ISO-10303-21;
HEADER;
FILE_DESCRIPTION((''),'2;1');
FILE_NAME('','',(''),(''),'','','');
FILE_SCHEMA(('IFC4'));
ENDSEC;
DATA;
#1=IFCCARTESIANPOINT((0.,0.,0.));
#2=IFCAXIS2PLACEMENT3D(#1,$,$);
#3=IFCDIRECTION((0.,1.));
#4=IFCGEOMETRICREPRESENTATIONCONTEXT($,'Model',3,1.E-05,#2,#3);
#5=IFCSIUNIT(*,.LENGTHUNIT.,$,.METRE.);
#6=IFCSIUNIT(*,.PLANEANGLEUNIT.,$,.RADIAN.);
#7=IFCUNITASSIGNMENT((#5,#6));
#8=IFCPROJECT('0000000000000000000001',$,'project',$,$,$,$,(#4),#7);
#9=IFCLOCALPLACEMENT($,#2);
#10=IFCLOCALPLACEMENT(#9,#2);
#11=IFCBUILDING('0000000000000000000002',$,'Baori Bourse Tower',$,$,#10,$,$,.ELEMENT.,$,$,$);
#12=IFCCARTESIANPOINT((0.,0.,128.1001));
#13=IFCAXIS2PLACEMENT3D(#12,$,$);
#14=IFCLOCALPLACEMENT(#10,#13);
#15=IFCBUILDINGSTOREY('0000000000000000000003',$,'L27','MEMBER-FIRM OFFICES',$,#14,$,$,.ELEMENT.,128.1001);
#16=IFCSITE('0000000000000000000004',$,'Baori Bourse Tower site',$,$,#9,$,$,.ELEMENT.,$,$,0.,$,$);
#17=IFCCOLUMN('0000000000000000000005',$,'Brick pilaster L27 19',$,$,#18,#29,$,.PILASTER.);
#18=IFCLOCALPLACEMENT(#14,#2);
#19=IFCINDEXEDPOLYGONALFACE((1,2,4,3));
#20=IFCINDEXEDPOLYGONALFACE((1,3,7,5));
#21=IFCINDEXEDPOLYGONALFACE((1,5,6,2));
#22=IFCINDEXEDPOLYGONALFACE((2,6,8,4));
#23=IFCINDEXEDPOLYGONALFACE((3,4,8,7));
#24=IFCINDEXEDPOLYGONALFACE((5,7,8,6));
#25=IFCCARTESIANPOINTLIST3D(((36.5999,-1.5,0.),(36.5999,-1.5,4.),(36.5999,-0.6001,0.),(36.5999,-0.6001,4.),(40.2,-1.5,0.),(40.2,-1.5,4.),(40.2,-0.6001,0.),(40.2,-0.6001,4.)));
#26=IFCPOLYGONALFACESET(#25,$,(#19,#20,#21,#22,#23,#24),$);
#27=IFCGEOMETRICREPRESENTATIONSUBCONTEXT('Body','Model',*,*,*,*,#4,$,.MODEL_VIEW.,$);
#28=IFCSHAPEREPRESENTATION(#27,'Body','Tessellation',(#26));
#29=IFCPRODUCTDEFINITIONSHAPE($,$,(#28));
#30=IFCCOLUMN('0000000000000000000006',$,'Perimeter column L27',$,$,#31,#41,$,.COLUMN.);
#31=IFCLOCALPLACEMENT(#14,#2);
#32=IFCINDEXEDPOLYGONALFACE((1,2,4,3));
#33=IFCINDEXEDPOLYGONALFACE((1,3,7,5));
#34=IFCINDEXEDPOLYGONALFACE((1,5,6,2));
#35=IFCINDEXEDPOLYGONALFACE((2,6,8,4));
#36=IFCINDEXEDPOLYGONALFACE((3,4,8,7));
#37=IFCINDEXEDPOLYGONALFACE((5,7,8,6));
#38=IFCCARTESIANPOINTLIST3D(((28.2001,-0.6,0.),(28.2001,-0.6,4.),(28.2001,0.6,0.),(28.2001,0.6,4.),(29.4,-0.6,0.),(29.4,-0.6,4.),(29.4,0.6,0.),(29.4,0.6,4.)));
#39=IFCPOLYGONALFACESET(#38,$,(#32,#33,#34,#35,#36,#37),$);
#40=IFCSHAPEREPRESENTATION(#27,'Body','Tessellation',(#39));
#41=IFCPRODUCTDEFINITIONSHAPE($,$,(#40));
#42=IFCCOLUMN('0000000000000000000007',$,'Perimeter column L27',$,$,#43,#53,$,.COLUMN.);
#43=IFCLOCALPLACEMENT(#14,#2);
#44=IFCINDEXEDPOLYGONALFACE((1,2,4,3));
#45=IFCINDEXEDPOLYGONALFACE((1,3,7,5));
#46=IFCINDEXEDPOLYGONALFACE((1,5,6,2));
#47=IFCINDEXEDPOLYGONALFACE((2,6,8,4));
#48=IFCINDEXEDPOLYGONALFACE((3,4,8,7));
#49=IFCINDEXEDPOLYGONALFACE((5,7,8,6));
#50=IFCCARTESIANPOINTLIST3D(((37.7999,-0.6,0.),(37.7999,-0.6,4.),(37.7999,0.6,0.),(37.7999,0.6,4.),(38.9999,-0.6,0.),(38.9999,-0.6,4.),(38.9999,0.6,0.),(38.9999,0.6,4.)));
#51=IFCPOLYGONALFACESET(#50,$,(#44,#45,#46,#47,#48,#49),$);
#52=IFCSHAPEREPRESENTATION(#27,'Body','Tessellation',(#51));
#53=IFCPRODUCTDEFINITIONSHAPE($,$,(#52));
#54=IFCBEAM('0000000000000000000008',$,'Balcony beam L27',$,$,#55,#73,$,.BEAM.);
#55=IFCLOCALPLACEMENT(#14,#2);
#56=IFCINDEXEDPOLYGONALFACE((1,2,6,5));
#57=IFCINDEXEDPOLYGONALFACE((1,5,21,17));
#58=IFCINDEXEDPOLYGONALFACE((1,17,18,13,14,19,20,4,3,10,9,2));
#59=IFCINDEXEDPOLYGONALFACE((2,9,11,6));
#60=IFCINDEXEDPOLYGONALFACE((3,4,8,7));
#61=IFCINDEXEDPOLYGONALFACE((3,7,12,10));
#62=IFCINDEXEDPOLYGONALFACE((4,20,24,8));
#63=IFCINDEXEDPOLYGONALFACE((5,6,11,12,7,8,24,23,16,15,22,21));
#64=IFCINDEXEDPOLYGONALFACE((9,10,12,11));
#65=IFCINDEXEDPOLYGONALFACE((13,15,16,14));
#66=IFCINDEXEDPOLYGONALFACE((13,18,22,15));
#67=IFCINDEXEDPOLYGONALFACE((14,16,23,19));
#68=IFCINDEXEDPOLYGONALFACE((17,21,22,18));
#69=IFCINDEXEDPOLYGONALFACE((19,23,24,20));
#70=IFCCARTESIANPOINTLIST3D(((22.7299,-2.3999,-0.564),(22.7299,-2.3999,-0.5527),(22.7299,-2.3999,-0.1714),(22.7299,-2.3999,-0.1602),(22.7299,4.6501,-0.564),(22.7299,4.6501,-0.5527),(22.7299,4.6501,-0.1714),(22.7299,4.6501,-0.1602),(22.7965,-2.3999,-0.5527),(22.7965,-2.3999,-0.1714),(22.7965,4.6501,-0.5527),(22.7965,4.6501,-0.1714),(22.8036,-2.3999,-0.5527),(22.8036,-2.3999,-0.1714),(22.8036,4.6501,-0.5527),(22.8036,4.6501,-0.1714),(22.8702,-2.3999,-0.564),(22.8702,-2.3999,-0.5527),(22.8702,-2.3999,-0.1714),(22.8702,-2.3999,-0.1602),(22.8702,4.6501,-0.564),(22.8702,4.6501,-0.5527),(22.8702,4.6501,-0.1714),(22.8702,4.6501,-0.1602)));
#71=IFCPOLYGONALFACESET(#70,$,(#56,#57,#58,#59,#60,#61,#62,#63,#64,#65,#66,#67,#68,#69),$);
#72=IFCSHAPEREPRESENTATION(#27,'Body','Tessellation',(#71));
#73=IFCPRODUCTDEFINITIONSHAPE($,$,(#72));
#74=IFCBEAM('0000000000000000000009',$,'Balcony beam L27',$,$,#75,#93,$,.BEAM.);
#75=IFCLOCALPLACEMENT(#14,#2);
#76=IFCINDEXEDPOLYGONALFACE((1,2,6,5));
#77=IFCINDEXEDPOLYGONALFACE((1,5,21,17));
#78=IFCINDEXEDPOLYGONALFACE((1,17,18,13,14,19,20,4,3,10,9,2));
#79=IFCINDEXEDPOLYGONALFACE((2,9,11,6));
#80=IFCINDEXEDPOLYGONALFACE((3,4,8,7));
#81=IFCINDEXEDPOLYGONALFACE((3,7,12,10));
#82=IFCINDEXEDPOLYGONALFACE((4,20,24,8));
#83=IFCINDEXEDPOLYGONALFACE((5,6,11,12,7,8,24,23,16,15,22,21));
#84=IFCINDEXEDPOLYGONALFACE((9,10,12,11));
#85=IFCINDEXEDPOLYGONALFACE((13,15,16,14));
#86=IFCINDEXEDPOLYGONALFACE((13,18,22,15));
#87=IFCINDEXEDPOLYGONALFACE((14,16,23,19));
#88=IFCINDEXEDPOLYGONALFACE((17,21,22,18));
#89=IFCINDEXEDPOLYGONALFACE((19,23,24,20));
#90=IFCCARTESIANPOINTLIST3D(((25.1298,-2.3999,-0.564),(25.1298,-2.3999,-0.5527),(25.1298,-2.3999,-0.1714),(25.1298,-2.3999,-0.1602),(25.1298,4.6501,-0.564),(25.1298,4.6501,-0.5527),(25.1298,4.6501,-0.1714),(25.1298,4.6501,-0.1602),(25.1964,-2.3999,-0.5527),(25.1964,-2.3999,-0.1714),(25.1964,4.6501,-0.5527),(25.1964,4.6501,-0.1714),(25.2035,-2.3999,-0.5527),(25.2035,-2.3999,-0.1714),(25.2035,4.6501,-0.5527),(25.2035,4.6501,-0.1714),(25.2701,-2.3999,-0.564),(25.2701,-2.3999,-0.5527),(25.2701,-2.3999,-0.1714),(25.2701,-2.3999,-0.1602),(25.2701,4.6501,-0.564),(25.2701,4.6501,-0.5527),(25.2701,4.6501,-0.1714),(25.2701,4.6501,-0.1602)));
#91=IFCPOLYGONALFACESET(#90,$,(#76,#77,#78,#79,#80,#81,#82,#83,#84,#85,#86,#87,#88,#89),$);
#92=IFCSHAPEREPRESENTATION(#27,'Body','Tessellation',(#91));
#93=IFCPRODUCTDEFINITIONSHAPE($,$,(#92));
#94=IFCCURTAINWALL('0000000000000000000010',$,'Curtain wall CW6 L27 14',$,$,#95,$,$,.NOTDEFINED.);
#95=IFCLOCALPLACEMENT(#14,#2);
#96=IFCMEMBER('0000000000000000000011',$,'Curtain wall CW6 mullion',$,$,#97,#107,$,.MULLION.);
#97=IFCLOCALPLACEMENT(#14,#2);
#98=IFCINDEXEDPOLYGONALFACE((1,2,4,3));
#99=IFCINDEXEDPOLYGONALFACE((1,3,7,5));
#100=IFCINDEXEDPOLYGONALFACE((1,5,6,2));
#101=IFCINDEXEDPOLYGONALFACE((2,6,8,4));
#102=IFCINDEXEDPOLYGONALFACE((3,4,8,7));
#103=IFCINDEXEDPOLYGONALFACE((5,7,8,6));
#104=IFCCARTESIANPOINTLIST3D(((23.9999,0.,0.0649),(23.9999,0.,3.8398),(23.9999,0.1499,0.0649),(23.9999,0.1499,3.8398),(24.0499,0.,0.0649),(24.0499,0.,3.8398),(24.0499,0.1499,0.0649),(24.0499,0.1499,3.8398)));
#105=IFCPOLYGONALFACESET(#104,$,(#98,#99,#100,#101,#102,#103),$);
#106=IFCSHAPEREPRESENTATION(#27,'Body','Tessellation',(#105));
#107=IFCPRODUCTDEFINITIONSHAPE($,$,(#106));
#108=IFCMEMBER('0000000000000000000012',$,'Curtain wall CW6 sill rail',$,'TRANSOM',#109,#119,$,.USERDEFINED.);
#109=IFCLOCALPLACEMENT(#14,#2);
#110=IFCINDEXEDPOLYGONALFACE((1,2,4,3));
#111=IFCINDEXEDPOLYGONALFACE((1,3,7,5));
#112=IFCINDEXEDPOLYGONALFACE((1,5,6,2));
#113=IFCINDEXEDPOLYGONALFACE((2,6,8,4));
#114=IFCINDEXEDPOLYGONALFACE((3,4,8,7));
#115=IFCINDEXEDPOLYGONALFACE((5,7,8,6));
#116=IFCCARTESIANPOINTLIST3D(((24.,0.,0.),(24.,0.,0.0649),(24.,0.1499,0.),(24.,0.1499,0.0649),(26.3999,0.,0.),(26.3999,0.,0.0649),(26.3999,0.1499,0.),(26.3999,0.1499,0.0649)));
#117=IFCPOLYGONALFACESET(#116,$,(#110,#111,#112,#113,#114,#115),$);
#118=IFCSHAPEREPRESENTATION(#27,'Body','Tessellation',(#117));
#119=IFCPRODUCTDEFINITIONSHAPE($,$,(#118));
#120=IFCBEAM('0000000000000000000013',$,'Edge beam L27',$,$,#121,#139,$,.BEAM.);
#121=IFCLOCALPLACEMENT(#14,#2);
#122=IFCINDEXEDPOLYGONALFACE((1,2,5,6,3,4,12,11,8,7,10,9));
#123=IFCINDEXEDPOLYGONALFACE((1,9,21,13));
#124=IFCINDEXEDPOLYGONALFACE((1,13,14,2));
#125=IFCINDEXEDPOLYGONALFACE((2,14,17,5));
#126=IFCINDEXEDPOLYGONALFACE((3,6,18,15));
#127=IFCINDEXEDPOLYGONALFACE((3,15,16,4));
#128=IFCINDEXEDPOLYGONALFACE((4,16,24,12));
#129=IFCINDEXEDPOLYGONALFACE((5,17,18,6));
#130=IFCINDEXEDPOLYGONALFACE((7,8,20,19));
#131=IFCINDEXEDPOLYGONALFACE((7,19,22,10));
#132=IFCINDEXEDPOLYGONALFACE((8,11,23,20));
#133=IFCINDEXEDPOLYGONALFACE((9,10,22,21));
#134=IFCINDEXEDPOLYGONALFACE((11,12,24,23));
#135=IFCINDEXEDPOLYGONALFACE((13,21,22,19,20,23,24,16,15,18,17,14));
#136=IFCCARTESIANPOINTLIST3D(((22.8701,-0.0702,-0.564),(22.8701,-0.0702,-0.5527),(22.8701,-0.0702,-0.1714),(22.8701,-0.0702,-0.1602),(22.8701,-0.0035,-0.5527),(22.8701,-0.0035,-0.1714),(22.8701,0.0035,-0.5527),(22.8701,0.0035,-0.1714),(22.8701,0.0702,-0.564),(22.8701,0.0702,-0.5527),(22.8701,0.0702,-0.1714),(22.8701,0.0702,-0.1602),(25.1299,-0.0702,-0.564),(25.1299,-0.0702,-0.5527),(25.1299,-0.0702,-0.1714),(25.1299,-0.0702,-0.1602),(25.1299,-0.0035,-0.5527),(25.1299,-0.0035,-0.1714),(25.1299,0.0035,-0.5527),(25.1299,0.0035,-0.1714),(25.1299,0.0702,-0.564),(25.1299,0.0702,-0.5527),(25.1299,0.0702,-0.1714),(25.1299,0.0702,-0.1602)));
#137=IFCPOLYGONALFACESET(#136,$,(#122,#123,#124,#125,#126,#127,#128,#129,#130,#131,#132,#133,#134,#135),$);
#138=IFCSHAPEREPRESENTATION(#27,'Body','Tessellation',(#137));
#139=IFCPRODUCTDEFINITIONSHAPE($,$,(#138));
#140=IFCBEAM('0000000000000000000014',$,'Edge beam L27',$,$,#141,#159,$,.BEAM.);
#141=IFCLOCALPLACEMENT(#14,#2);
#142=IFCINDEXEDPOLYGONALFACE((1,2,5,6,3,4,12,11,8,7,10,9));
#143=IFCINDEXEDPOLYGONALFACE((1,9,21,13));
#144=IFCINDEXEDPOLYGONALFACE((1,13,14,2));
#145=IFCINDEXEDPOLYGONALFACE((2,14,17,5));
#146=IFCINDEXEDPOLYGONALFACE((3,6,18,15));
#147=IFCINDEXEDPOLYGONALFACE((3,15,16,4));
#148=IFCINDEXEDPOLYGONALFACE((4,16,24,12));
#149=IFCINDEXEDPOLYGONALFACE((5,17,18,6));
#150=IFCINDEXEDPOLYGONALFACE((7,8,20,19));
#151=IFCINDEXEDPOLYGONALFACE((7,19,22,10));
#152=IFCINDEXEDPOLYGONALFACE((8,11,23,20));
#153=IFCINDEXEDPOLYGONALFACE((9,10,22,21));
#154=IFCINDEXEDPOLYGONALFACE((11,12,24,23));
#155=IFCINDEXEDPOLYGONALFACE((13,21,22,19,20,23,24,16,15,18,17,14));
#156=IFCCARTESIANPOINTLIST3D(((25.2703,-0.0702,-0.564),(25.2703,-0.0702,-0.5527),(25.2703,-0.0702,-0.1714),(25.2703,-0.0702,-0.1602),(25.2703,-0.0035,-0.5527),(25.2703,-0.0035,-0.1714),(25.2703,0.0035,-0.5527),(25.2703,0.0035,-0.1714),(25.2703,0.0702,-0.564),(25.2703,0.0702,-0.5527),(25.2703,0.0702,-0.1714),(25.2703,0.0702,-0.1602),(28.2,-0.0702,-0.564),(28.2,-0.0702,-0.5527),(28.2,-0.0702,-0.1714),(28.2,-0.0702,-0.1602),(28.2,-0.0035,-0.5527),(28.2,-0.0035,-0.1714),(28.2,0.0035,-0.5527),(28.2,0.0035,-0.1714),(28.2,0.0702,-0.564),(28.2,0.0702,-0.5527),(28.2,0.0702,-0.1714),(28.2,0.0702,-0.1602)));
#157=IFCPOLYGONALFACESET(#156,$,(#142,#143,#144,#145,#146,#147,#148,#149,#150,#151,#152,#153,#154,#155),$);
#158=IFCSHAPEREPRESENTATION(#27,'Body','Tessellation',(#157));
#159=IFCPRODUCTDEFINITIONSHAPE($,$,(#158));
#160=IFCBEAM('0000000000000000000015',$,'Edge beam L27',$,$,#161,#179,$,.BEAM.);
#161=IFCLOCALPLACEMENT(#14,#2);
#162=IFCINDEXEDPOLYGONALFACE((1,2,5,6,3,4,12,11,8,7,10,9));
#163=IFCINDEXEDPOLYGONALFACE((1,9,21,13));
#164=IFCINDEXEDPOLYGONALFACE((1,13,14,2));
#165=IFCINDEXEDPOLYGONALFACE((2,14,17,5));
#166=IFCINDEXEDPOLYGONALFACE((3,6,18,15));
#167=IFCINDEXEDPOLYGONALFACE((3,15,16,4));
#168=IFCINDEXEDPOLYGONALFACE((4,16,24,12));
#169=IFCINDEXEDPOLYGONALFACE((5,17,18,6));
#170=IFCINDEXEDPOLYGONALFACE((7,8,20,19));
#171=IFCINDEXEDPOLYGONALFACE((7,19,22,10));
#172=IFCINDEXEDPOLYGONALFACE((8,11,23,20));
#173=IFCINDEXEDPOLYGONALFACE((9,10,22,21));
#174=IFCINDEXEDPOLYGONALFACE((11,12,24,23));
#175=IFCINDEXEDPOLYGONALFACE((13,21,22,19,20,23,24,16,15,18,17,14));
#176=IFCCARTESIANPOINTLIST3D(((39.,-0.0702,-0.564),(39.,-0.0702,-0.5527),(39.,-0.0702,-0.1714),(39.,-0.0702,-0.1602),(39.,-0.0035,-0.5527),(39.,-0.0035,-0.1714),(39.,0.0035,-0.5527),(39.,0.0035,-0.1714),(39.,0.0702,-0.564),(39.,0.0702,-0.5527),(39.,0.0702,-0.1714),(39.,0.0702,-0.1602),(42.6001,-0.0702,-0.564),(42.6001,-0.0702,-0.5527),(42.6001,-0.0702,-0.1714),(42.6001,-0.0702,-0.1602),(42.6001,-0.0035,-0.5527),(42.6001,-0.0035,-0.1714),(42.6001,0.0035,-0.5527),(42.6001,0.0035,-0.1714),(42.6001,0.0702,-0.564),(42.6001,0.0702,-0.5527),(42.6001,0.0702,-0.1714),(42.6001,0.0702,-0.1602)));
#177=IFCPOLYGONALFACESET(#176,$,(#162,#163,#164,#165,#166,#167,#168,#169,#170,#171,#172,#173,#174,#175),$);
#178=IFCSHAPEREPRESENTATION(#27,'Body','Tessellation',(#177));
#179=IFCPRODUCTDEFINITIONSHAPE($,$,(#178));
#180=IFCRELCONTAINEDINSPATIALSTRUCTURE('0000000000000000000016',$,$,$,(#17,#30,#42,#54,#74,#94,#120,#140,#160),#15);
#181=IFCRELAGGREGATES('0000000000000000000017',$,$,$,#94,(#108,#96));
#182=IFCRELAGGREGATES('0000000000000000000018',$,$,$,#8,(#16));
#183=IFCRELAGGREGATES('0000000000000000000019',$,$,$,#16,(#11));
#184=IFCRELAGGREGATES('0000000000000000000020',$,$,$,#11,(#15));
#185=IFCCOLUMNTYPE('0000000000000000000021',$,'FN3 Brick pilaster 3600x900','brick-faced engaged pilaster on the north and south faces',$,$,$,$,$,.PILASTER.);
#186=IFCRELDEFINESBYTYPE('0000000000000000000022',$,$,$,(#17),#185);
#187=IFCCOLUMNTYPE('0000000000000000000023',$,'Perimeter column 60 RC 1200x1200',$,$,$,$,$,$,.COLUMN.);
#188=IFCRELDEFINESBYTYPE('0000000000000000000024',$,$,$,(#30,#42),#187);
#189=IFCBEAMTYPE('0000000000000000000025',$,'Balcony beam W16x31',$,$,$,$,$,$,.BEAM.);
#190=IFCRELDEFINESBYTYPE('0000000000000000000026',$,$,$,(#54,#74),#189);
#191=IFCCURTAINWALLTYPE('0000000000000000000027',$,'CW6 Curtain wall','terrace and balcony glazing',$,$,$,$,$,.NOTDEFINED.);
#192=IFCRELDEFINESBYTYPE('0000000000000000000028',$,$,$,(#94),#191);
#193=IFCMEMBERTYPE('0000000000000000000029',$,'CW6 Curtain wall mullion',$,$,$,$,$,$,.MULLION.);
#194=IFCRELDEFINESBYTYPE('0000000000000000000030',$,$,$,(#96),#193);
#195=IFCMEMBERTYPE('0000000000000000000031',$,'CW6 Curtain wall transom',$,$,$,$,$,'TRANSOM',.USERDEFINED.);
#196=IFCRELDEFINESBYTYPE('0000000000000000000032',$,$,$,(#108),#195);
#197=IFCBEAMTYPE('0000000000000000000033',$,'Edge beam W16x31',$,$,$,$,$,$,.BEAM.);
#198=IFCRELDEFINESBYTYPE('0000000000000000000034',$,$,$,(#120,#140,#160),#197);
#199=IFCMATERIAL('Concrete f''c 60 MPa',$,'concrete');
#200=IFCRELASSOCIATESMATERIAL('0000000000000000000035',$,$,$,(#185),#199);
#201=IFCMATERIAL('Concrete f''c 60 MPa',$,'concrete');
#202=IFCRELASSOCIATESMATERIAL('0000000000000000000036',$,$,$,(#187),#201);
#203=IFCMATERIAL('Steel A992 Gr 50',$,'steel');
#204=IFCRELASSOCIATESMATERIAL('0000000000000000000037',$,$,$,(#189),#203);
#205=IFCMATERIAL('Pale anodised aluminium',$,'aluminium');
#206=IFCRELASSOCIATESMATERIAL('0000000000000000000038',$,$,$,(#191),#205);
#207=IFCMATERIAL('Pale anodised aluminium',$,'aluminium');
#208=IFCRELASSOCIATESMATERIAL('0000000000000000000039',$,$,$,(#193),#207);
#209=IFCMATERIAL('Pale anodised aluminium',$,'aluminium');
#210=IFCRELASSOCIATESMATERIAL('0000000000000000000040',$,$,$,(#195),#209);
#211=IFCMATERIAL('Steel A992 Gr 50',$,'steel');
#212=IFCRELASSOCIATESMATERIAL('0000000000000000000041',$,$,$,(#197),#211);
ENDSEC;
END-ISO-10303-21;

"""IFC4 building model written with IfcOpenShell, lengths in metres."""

from ifc_helpers import new_model, si_unit, direction, frame, origin, origin_2d, place, context, subcontext, project, spatial, rectangle, i_section, extrude, material, material_profile, profile_set, type_object, element, aggregate, save


model = new_model("IFC4")

# Units and contexts
model_context = context("Model", 3, precision=1e-05, world=origin(), true_north=direction((0.0, 1.0)))
body_context = subcontext(model_context, "Body", "Model", "MODEL_VIEW")
ifc_project = project(units=[si_unit("LENGTHUNIT", "METRE"), si_unit("PLANEANGLEUNIT", "RADIAN")], contexts=[model_context])

# Site, building, storey
site_placement = place(None, origin())
site = spatial("IfcSite", under=ifc_project, at=site_placement, Name="Baori Bourse Tower site", CompositionType="ELEMENT", RefElevation=0.0)
building_placement = place(site_placement, origin())
building = spatial("IfcBuilding", under=site, at=building_placement, Name="Baori Bourse Tower", CompositionType="ELEMENT")
storey_placement = place(building_placement, frame((0.0, 0.0, 128.1001)))
storey = spatial("IfcBuildingStorey", under=building, at=storey_placement, Name="L27", Description="MEMBER-FIRM OFFICES", CompositionType="ELEMENT", Elevation=128.1001)

# Columns
ifc_material_1 = material(Name="Concrete f'c 60 MPa", Category="concrete")
ifc_material_profile_1 = material_profile(ifc_material_1, rectangle(XDim=3.6001, YDim=0.8999, at=origin_2d()), Name="RC 3600x900")
ifc_profile_set_1 = profile_set([ifc_material_profile_1], Name="Concrete f'c 60 MPa")
column_type_1 = type_object("IfcColumnType", Name="FN3 Brick pilaster 3600x900", Description="brick-faced engaged pilaster on the north and south faces", PredefinedType="PILASTER", material=ifc_profile_set_1)
column_placement = place(storey_placement, frame((38.3999, -1.05, 0.0), z_axis=(0.0, 0.0, 1.0), x_axis=(1.0, 0.0, 0.0)))
element("IfcColumn", 1, at=column_placement, inside=storey, type_object=column_type_1, Name="Brick pilaster L27 19", PredefinedType="PILASTER", context=body_context, shape_type="SweptSolid", body=[
    extrude(rectangle(XDim=3.6001, YDim=0.8999, at=origin_2d()), origin(), (0.0, 0.0, 1.0), 4.0),
])
ifc_material_2 = material(Name="Concrete f'c 60 MPa", Category="concrete")
ifc_material_profile_2 = material_profile(ifc_material_2, rectangle(XDim=1.2, YDim=1.2, at=origin_2d()), Name="RC 1200x1200")
ifc_profile_set_2 = profile_set([ifc_material_profile_2], Name="Concrete f'c 60 MPa")
column_type_2 = type_object("IfcColumnType", Name="Perimeter column 60 RC 1200x1200", PredefinedType="COLUMN", material=ifc_profile_set_2)
for number, where, z_axis, x_axis, name in (
    (2, (28.8, 0.0, 0.0), (0.0, 0.0, 1.0), (1.0, 0.0, 0.0), "Perimeter column L27"),
    (3, (38.3999, 0.0, 0.0), (0.0, 0.0, 1.0), (1.0, 0.0, 0.0), "Perimeter column L27"),
):
    element("IfcColumn", number, at=place(storey_placement, frame(where, z_axis=z_axis, x_axis=x_axis)), inside=storey, type_object=column_type_2, Name=name, PredefinedType="COLUMN", context=body_context, shape_type="SweptSolid", body=[
        extrude(rectangle(XDim=1.2, YDim=1.2, at=origin_2d()), origin(), (0.0, 0.0, 1.0), 4.0),
    ])

# Beams
ifc_material_3 = material(Name="Steel A992 Gr 50", Category="steel")
ifc_material_profile_3 = material_profile(ifc_material_3, i_section(OverallWidth=0.1404, OverallDepth=0.4038, WebThickness=0.0071, FlangeThickness=0.0112, at=origin_2d()), Name="W16x31")
ifc_profile_set_3 = profile_set([ifc_material_profile_3], Name="Steel A992 Gr 50")
beam_type_1 = type_object("IfcBeamType", Name="Balcony beam W16x31", PredefinedType="BEAM", material=ifc_profile_set_3)
for number, where, z_axis, x_axis, name in (
    (4, (22.8, -2.3999, -0.3621), (0.0, 1.0, 0.0), (-1.0, 0.0, 0.0), "Balcony beam L27"),
    (5, (25.2, -2.3999, -0.3621), (0.0, 1.0, 0.0), (-1.0, 0.0, 0.0), "Balcony beam L27"),
):
    element("IfcBeam", number, at=place(storey_placement, frame(where, z_axis=z_axis, x_axis=x_axis)), inside=storey, type_object=beam_type_1, Name=name, PredefinedType="BEAM", context=body_context, shape_type="SweptSolid", body=[
        extrude(i_section(OverallWidth=0.1404, OverallDepth=0.4038, WebThickness=0.0071, FlangeThickness=0.0112, at=origin_2d()), origin(), (0.0, 0.0, 1.0), 7.05),
    ])

# Curtain wall, members
ifc_material_4 = material(Name="Pale anodised aluminium", Category="aluminium")
curtain_wall_type = type_object("IfcCurtainWallType", Name="CW6 Curtain wall", Description="terrace and balcony glazing", PredefinedType="NOTDEFINED", material=ifc_material_4)
curtain_wall_placement = place(storey_placement, origin())
curtain_wall = element("IfcCurtainWall", 6, at=curtain_wall_placement, inside=storey, type_object=curtain_wall_type, Name="Curtain wall CW6 L27 14", PredefinedType="NOTDEFINED")
ifc_material_5 = material(Name="Pale anodised aluminium", Category="aluminium")
ifc_material_profile_4 = material_profile(ifc_material_5, rectangle(XDim=0.1499, YDim=0.05, at=origin_2d()), Name="Mullion 50x150")
ifc_profile_set_4 = profile_set([ifc_material_profile_4], Name="Pale anodised aluminium")
member_type_1 = type_object("IfcMemberType", Name="CW6 Curtain wall mullion", PredefinedType="MULLION", material=ifc_profile_set_4)
member_1_placement = place(storey_placement, frame((24.0249, 0.075, 0.0649), z_axis=(0.0, 0.0, 1.0), x_axis=(0.0, 1.0, 0.0)))
member_1 = element("IfcMember", 7, at=member_1_placement, type_object=member_type_1, Name="Curtain wall CW6 mullion", PredefinedType="MULLION", context=body_context, shape_type="SweptSolid", body=[
    extrude(rectangle(XDim=0.1499, YDim=0.05, at=origin_2d()), origin(), (0.0, 0.0, 1.0), 3.7749),
])
ifc_material_6 = material(Name="Pale anodised aluminium", Category="aluminium")
ifc_material_profile_5 = material_profile(ifc_material_6, rectangle(XDim=0.1499, YDim=0.0649, at=origin_2d()), Name="Transom 65x150")
ifc_profile_set_5 = profile_set([ifc_material_profile_5], Name="Pale anodised aluminium")
member_type_2 = type_object("IfcMemberType", Name="CW6 Curtain wall transom", ElementType="TRANSOM", PredefinedType="USERDEFINED", material=ifc_profile_set_5)
member_2_placement = place(storey_placement, frame((24.0, 0.075, 0.0325), z_axis=(1.0, 0.0, 0.0), x_axis=(0.0, 1.0, 0.0)))
member_2 = element("IfcMember", 8, at=member_2_placement, type_object=member_type_2, Name="Curtain wall CW6 sill rail", ObjectType="TRANSOM", PredefinedType="USERDEFINED", context=body_context, shape_type="SweptSolid", body=[
    extrude(rectangle(XDim=0.1499, YDim=0.0649, at=origin_2d()), origin(), (0.0, 0.0, 1.0), 2.3999),
])

# Beams
ifc_material_7 = material(Name="Steel A992 Gr 50", Category="steel")
ifc_material_profile_6 = material_profile(ifc_material_7, i_section(OverallWidth=0.1404, OverallDepth=0.4038, WebThickness=0.0071, FlangeThickness=0.0112, at=origin_2d()), Name="W16x31")
ifc_profile_set_6 = profile_set([ifc_material_profile_6], Name="Steel A992 Gr 50")
beam_type_2 = type_object("IfcBeamType", Name="Edge beam W16x31", PredefinedType="BEAM", material=ifc_profile_set_6)
beam_1_placement = place(storey_placement, frame((22.8701, 0.0, -0.3621), z_axis=(1.0, 0.0, 0.0), x_axis=(0.0, 1.0, 0.0)))
element("IfcBeam", 9, at=beam_1_placement, inside=storey, type_object=beam_type_2, Name="Edge beam L27", PredefinedType="BEAM", context=body_context, shape_type="SweptSolid", body=[
    extrude(i_section(OverallWidth=0.1404, OverallDepth=0.4038, WebThickness=0.0071, FlangeThickness=0.0112, at=origin_2d()), origin(), (0.0, 0.0, 1.0), 2.2598),
])
beam_2_placement = place(storey_placement, frame((25.2703, 0.0, -0.3621), z_axis=(1.0, 0.0, 0.0), x_axis=(0.0, 1.0, 0.0)))
element("IfcBeam", 10, at=beam_2_placement, inside=storey, type_object=beam_type_2, Name="Edge beam L27", PredefinedType="BEAM", context=body_context, shape_type="SweptSolid", body=[
    extrude(i_section(OverallWidth=0.1404, OverallDepth=0.4038, WebThickness=0.0071, FlangeThickness=0.0112, at=origin_2d()), origin(), (0.0, 0.0, 1.0), 2.9297),
])
beam_3_placement = place(storey_placement, frame((39.0, 0.0, -0.3621), z_axis=(1.0, 0.0, 0.0), x_axis=(0.0, 1.0, 0.0)))
element("IfcBeam", 11, at=beam_3_placement, inside=storey, type_object=beam_type_2, Name="Edge beam L27", PredefinedType="BEAM", context=body_context, shape_type="SweptSolid", body=[
    extrude(i_section(OverallWidth=0.1404, OverallDepth=0.4038, WebThickness=0.0071, FlangeThickness=0.0112, at=origin_2d()), origin(), (0.0, 0.0, 1.0), 3.6001),
])

aggregate(curtain_wall, [member_2, member_1])

save(model, "model.ifc")
